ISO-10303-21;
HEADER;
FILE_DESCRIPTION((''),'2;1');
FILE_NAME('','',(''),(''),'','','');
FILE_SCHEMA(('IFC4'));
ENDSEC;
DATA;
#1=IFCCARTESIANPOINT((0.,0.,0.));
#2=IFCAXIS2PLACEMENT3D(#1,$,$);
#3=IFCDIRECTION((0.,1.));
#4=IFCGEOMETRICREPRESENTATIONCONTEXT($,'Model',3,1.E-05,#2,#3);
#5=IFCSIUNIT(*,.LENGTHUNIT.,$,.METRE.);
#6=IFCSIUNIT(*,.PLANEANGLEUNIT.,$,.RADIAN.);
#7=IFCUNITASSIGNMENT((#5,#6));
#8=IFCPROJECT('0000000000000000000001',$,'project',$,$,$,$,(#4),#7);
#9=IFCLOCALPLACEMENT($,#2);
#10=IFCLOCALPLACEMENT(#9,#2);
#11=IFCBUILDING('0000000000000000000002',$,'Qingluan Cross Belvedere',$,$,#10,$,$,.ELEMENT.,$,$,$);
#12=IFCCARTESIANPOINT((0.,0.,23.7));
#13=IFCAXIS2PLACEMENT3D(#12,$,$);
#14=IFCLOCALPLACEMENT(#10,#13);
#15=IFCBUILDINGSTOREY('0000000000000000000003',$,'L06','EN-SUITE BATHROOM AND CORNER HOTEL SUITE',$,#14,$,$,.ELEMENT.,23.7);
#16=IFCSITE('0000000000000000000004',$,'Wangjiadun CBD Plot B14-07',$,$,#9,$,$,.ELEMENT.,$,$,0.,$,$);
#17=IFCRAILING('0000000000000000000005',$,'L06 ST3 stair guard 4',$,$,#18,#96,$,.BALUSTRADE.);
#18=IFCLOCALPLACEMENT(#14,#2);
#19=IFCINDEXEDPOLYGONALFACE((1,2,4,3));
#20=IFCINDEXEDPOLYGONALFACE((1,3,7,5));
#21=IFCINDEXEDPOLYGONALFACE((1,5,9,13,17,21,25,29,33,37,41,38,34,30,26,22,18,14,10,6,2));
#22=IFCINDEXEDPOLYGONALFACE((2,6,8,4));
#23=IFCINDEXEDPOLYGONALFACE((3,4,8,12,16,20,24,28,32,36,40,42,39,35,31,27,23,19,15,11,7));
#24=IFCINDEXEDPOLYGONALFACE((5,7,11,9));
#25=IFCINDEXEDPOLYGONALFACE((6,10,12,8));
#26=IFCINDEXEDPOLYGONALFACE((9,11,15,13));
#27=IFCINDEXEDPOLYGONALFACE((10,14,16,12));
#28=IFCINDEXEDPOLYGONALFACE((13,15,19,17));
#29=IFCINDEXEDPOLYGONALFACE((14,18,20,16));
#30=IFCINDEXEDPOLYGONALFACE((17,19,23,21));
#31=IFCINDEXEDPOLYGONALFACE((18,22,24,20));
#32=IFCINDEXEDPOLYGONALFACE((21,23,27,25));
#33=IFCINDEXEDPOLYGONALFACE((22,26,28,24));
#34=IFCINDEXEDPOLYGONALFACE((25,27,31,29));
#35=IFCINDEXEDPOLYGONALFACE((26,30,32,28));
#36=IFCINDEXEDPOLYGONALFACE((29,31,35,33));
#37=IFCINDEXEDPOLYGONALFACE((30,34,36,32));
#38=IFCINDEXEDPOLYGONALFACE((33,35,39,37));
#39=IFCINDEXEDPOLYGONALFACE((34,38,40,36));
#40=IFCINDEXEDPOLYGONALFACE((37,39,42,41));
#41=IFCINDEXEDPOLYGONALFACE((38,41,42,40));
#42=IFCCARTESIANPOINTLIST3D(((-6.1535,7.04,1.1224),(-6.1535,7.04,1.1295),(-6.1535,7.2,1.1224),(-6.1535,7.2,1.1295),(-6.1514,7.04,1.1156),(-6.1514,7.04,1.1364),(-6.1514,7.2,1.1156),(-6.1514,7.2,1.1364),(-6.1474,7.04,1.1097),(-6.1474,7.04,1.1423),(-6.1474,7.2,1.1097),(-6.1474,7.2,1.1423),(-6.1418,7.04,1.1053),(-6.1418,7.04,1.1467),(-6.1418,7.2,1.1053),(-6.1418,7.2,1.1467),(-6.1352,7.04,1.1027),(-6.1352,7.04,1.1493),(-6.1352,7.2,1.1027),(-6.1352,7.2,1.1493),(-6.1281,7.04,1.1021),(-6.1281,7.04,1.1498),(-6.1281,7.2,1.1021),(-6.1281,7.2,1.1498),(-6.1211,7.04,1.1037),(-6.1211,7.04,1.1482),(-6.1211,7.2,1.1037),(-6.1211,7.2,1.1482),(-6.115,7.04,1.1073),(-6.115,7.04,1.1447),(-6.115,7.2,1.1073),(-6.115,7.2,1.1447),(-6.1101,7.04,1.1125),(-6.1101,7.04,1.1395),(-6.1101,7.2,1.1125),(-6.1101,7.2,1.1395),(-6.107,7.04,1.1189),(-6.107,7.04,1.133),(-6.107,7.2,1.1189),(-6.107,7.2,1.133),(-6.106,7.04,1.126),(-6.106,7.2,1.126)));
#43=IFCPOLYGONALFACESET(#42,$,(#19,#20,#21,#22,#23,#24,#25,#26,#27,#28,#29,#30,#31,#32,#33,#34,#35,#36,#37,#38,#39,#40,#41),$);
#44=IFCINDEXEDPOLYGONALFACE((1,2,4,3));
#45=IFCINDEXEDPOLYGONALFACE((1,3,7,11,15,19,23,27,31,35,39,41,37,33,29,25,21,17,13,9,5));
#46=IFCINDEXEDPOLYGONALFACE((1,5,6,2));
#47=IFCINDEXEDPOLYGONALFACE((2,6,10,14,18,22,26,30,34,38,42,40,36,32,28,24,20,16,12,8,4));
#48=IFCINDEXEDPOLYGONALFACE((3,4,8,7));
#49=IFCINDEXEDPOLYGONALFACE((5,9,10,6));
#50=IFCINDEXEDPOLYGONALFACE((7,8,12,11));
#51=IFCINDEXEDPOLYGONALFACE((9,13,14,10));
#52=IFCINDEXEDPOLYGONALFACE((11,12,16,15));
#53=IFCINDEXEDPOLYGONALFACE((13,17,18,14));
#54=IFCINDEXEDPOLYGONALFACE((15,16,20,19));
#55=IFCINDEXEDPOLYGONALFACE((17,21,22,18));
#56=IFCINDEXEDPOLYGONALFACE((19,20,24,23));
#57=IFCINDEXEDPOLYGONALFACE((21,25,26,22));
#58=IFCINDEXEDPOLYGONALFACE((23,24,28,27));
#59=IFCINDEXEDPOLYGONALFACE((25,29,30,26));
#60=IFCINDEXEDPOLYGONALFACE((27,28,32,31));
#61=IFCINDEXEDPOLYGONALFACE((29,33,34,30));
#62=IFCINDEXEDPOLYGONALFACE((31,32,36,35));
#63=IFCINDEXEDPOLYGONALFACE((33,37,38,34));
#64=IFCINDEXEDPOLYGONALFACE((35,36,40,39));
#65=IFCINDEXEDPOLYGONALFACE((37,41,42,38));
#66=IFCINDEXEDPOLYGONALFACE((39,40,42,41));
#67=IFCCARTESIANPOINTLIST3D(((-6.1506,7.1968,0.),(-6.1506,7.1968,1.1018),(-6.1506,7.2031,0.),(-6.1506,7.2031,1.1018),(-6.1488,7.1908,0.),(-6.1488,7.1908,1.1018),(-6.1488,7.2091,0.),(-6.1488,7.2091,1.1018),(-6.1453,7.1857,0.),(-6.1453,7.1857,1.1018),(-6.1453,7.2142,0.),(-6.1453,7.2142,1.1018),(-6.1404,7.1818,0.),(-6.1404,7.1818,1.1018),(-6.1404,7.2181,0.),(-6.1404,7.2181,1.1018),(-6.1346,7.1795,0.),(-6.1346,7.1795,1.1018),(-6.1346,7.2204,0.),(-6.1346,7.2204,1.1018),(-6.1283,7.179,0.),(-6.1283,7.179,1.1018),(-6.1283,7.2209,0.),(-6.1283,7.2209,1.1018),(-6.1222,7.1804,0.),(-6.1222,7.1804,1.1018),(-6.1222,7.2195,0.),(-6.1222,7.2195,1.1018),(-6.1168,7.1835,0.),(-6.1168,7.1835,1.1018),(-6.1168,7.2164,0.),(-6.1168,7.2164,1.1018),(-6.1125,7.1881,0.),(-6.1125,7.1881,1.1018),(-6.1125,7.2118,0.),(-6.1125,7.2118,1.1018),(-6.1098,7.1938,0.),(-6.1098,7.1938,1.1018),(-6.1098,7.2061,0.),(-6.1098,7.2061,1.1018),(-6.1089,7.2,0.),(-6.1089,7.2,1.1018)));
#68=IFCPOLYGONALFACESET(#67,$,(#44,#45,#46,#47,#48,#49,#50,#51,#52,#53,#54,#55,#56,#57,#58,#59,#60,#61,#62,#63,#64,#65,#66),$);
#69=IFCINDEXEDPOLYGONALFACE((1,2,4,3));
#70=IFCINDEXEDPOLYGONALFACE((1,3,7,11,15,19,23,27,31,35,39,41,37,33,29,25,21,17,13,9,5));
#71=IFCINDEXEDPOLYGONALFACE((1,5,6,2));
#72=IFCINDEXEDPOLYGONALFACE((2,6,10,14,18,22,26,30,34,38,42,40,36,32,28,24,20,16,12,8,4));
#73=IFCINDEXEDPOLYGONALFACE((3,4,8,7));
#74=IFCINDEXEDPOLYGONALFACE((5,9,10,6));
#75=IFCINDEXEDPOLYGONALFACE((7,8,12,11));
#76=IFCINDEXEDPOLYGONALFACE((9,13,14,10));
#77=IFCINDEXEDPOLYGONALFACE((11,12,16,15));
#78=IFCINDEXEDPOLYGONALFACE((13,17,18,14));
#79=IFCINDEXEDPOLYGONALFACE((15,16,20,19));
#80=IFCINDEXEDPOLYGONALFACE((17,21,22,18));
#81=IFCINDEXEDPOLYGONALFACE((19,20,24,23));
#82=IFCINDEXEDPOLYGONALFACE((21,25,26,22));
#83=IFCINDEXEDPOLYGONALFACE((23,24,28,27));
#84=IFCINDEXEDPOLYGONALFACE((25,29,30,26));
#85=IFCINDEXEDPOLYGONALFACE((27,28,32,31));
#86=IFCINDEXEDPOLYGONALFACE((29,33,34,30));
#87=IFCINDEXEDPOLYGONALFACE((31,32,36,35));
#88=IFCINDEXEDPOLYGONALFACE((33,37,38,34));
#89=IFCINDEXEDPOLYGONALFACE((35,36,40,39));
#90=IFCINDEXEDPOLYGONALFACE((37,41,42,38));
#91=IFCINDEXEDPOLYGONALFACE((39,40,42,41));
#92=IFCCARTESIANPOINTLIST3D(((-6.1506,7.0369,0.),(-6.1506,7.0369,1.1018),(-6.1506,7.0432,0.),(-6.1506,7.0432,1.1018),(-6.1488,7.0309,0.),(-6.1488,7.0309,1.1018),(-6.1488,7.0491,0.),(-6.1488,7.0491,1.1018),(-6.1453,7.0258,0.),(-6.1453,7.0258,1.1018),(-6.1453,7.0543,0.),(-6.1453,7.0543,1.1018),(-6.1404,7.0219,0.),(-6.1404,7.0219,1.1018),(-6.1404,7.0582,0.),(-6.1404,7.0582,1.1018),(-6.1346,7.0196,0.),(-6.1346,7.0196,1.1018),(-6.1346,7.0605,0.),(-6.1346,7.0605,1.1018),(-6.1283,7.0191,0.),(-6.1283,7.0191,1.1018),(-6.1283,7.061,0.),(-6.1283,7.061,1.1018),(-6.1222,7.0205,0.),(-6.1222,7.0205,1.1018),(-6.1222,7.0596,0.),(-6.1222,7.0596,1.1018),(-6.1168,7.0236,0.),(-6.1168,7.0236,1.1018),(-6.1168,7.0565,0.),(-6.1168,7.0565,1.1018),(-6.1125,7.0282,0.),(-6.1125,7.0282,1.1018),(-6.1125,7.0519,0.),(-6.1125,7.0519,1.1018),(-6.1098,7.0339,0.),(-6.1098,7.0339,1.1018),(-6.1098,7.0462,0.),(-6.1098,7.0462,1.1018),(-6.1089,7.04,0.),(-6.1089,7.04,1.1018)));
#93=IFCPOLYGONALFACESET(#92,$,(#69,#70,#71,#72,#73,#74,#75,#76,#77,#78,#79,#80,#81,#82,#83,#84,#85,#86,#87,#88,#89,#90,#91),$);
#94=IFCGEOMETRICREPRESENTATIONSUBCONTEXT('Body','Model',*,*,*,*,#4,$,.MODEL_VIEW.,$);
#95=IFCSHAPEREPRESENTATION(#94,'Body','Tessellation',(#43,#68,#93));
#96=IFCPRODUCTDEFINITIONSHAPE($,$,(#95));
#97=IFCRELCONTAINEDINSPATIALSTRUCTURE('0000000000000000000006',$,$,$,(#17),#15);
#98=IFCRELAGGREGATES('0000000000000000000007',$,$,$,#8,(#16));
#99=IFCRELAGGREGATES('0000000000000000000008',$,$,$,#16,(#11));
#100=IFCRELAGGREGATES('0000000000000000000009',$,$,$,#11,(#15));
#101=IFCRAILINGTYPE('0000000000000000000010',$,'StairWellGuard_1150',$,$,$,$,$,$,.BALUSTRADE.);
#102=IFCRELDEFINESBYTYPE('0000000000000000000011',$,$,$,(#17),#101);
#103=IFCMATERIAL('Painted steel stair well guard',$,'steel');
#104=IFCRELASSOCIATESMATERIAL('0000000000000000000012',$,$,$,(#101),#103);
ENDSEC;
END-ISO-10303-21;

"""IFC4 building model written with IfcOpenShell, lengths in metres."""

from ifc_helpers import new_model, si_unit, direction, frame, origin, origin_2d, place, context, subcontext, project, spatial, circle, extrude, material, type_object, element, save


model = new_model("IFC4")

# Units and contexts
model_context = context("Model", 3, precision=1e-05, world=origin(), true_north=direction((0.0, 1.0)))
body_context = subcontext(model_context, "Body", "Model", "MODEL_VIEW")
ifc_project = project(units=[si_unit("LENGTHUNIT", "METRE"), si_unit("PLANEANGLEUNIT", "RADIAN")], contexts=[model_context])

# Site, building, storey
site_placement = place(None, origin())
site = spatial("IfcSite", under=ifc_project, at=site_placement, Name="Wangjiadun CBD Plot B14-07", CompositionType="ELEMENT", RefElevation=0.0)
building_placement = place(site_placement, origin())
building = spatial("IfcBuilding", under=site, at=building_placement, Name="Qingluan Cross Belvedere", CompositionType="ELEMENT")
storey_placement = place(building_placement, frame((0.0, 0.0, 23.7)))
storey = spatial("IfcBuildingStorey", under=building, at=storey_placement, Name="L06", Description="EN-SUITE BATHROOM AND CORNER HOTEL SUITE", CompositionType="ELEMENT", Elevation=23.7)

# Railing
ifc_material_1 = material(Name="Painted steel stair well guard", Category="steel")
railing_type_1 = type_object("IfcRailingType", Name="StairWellGuard_1150", PredefinedType="BALUSTRADE", material=ifc_material_1)
railing_1_placement = place(storey_placement, frame((-6.1299, 7.2, 0.0)))
element("IfcRailing", 1, at=railing_1_placement, inside=storey, type_object=railing_type_1, Name="L06 ST3 stair guard 4", PredefinedType="BALUSTRADE", context=body_context, shape_type="SweptSolid", body=[
    extrude(circle(Radius=0.0239, at=origin_2d()), frame((0.0, 0.0, 1.126), z_axis=(0.0, -1.0, 0.0), x_axis=(1.0, 0.0, 0.0)), (0.0, 0.0, 1.0), 0.1599),
    extrude(circle(Radius=0.021, at=origin_2d()), origin(), (0.0, 0.0, 1.0), 1.1018),
    extrude(circle(Radius=0.021, at=origin_2d()), frame((0.0, -0.1599, 0.0)), (0.0, 0.0, 1.0), 1.1018),
])

save(model, "model.ifc")
